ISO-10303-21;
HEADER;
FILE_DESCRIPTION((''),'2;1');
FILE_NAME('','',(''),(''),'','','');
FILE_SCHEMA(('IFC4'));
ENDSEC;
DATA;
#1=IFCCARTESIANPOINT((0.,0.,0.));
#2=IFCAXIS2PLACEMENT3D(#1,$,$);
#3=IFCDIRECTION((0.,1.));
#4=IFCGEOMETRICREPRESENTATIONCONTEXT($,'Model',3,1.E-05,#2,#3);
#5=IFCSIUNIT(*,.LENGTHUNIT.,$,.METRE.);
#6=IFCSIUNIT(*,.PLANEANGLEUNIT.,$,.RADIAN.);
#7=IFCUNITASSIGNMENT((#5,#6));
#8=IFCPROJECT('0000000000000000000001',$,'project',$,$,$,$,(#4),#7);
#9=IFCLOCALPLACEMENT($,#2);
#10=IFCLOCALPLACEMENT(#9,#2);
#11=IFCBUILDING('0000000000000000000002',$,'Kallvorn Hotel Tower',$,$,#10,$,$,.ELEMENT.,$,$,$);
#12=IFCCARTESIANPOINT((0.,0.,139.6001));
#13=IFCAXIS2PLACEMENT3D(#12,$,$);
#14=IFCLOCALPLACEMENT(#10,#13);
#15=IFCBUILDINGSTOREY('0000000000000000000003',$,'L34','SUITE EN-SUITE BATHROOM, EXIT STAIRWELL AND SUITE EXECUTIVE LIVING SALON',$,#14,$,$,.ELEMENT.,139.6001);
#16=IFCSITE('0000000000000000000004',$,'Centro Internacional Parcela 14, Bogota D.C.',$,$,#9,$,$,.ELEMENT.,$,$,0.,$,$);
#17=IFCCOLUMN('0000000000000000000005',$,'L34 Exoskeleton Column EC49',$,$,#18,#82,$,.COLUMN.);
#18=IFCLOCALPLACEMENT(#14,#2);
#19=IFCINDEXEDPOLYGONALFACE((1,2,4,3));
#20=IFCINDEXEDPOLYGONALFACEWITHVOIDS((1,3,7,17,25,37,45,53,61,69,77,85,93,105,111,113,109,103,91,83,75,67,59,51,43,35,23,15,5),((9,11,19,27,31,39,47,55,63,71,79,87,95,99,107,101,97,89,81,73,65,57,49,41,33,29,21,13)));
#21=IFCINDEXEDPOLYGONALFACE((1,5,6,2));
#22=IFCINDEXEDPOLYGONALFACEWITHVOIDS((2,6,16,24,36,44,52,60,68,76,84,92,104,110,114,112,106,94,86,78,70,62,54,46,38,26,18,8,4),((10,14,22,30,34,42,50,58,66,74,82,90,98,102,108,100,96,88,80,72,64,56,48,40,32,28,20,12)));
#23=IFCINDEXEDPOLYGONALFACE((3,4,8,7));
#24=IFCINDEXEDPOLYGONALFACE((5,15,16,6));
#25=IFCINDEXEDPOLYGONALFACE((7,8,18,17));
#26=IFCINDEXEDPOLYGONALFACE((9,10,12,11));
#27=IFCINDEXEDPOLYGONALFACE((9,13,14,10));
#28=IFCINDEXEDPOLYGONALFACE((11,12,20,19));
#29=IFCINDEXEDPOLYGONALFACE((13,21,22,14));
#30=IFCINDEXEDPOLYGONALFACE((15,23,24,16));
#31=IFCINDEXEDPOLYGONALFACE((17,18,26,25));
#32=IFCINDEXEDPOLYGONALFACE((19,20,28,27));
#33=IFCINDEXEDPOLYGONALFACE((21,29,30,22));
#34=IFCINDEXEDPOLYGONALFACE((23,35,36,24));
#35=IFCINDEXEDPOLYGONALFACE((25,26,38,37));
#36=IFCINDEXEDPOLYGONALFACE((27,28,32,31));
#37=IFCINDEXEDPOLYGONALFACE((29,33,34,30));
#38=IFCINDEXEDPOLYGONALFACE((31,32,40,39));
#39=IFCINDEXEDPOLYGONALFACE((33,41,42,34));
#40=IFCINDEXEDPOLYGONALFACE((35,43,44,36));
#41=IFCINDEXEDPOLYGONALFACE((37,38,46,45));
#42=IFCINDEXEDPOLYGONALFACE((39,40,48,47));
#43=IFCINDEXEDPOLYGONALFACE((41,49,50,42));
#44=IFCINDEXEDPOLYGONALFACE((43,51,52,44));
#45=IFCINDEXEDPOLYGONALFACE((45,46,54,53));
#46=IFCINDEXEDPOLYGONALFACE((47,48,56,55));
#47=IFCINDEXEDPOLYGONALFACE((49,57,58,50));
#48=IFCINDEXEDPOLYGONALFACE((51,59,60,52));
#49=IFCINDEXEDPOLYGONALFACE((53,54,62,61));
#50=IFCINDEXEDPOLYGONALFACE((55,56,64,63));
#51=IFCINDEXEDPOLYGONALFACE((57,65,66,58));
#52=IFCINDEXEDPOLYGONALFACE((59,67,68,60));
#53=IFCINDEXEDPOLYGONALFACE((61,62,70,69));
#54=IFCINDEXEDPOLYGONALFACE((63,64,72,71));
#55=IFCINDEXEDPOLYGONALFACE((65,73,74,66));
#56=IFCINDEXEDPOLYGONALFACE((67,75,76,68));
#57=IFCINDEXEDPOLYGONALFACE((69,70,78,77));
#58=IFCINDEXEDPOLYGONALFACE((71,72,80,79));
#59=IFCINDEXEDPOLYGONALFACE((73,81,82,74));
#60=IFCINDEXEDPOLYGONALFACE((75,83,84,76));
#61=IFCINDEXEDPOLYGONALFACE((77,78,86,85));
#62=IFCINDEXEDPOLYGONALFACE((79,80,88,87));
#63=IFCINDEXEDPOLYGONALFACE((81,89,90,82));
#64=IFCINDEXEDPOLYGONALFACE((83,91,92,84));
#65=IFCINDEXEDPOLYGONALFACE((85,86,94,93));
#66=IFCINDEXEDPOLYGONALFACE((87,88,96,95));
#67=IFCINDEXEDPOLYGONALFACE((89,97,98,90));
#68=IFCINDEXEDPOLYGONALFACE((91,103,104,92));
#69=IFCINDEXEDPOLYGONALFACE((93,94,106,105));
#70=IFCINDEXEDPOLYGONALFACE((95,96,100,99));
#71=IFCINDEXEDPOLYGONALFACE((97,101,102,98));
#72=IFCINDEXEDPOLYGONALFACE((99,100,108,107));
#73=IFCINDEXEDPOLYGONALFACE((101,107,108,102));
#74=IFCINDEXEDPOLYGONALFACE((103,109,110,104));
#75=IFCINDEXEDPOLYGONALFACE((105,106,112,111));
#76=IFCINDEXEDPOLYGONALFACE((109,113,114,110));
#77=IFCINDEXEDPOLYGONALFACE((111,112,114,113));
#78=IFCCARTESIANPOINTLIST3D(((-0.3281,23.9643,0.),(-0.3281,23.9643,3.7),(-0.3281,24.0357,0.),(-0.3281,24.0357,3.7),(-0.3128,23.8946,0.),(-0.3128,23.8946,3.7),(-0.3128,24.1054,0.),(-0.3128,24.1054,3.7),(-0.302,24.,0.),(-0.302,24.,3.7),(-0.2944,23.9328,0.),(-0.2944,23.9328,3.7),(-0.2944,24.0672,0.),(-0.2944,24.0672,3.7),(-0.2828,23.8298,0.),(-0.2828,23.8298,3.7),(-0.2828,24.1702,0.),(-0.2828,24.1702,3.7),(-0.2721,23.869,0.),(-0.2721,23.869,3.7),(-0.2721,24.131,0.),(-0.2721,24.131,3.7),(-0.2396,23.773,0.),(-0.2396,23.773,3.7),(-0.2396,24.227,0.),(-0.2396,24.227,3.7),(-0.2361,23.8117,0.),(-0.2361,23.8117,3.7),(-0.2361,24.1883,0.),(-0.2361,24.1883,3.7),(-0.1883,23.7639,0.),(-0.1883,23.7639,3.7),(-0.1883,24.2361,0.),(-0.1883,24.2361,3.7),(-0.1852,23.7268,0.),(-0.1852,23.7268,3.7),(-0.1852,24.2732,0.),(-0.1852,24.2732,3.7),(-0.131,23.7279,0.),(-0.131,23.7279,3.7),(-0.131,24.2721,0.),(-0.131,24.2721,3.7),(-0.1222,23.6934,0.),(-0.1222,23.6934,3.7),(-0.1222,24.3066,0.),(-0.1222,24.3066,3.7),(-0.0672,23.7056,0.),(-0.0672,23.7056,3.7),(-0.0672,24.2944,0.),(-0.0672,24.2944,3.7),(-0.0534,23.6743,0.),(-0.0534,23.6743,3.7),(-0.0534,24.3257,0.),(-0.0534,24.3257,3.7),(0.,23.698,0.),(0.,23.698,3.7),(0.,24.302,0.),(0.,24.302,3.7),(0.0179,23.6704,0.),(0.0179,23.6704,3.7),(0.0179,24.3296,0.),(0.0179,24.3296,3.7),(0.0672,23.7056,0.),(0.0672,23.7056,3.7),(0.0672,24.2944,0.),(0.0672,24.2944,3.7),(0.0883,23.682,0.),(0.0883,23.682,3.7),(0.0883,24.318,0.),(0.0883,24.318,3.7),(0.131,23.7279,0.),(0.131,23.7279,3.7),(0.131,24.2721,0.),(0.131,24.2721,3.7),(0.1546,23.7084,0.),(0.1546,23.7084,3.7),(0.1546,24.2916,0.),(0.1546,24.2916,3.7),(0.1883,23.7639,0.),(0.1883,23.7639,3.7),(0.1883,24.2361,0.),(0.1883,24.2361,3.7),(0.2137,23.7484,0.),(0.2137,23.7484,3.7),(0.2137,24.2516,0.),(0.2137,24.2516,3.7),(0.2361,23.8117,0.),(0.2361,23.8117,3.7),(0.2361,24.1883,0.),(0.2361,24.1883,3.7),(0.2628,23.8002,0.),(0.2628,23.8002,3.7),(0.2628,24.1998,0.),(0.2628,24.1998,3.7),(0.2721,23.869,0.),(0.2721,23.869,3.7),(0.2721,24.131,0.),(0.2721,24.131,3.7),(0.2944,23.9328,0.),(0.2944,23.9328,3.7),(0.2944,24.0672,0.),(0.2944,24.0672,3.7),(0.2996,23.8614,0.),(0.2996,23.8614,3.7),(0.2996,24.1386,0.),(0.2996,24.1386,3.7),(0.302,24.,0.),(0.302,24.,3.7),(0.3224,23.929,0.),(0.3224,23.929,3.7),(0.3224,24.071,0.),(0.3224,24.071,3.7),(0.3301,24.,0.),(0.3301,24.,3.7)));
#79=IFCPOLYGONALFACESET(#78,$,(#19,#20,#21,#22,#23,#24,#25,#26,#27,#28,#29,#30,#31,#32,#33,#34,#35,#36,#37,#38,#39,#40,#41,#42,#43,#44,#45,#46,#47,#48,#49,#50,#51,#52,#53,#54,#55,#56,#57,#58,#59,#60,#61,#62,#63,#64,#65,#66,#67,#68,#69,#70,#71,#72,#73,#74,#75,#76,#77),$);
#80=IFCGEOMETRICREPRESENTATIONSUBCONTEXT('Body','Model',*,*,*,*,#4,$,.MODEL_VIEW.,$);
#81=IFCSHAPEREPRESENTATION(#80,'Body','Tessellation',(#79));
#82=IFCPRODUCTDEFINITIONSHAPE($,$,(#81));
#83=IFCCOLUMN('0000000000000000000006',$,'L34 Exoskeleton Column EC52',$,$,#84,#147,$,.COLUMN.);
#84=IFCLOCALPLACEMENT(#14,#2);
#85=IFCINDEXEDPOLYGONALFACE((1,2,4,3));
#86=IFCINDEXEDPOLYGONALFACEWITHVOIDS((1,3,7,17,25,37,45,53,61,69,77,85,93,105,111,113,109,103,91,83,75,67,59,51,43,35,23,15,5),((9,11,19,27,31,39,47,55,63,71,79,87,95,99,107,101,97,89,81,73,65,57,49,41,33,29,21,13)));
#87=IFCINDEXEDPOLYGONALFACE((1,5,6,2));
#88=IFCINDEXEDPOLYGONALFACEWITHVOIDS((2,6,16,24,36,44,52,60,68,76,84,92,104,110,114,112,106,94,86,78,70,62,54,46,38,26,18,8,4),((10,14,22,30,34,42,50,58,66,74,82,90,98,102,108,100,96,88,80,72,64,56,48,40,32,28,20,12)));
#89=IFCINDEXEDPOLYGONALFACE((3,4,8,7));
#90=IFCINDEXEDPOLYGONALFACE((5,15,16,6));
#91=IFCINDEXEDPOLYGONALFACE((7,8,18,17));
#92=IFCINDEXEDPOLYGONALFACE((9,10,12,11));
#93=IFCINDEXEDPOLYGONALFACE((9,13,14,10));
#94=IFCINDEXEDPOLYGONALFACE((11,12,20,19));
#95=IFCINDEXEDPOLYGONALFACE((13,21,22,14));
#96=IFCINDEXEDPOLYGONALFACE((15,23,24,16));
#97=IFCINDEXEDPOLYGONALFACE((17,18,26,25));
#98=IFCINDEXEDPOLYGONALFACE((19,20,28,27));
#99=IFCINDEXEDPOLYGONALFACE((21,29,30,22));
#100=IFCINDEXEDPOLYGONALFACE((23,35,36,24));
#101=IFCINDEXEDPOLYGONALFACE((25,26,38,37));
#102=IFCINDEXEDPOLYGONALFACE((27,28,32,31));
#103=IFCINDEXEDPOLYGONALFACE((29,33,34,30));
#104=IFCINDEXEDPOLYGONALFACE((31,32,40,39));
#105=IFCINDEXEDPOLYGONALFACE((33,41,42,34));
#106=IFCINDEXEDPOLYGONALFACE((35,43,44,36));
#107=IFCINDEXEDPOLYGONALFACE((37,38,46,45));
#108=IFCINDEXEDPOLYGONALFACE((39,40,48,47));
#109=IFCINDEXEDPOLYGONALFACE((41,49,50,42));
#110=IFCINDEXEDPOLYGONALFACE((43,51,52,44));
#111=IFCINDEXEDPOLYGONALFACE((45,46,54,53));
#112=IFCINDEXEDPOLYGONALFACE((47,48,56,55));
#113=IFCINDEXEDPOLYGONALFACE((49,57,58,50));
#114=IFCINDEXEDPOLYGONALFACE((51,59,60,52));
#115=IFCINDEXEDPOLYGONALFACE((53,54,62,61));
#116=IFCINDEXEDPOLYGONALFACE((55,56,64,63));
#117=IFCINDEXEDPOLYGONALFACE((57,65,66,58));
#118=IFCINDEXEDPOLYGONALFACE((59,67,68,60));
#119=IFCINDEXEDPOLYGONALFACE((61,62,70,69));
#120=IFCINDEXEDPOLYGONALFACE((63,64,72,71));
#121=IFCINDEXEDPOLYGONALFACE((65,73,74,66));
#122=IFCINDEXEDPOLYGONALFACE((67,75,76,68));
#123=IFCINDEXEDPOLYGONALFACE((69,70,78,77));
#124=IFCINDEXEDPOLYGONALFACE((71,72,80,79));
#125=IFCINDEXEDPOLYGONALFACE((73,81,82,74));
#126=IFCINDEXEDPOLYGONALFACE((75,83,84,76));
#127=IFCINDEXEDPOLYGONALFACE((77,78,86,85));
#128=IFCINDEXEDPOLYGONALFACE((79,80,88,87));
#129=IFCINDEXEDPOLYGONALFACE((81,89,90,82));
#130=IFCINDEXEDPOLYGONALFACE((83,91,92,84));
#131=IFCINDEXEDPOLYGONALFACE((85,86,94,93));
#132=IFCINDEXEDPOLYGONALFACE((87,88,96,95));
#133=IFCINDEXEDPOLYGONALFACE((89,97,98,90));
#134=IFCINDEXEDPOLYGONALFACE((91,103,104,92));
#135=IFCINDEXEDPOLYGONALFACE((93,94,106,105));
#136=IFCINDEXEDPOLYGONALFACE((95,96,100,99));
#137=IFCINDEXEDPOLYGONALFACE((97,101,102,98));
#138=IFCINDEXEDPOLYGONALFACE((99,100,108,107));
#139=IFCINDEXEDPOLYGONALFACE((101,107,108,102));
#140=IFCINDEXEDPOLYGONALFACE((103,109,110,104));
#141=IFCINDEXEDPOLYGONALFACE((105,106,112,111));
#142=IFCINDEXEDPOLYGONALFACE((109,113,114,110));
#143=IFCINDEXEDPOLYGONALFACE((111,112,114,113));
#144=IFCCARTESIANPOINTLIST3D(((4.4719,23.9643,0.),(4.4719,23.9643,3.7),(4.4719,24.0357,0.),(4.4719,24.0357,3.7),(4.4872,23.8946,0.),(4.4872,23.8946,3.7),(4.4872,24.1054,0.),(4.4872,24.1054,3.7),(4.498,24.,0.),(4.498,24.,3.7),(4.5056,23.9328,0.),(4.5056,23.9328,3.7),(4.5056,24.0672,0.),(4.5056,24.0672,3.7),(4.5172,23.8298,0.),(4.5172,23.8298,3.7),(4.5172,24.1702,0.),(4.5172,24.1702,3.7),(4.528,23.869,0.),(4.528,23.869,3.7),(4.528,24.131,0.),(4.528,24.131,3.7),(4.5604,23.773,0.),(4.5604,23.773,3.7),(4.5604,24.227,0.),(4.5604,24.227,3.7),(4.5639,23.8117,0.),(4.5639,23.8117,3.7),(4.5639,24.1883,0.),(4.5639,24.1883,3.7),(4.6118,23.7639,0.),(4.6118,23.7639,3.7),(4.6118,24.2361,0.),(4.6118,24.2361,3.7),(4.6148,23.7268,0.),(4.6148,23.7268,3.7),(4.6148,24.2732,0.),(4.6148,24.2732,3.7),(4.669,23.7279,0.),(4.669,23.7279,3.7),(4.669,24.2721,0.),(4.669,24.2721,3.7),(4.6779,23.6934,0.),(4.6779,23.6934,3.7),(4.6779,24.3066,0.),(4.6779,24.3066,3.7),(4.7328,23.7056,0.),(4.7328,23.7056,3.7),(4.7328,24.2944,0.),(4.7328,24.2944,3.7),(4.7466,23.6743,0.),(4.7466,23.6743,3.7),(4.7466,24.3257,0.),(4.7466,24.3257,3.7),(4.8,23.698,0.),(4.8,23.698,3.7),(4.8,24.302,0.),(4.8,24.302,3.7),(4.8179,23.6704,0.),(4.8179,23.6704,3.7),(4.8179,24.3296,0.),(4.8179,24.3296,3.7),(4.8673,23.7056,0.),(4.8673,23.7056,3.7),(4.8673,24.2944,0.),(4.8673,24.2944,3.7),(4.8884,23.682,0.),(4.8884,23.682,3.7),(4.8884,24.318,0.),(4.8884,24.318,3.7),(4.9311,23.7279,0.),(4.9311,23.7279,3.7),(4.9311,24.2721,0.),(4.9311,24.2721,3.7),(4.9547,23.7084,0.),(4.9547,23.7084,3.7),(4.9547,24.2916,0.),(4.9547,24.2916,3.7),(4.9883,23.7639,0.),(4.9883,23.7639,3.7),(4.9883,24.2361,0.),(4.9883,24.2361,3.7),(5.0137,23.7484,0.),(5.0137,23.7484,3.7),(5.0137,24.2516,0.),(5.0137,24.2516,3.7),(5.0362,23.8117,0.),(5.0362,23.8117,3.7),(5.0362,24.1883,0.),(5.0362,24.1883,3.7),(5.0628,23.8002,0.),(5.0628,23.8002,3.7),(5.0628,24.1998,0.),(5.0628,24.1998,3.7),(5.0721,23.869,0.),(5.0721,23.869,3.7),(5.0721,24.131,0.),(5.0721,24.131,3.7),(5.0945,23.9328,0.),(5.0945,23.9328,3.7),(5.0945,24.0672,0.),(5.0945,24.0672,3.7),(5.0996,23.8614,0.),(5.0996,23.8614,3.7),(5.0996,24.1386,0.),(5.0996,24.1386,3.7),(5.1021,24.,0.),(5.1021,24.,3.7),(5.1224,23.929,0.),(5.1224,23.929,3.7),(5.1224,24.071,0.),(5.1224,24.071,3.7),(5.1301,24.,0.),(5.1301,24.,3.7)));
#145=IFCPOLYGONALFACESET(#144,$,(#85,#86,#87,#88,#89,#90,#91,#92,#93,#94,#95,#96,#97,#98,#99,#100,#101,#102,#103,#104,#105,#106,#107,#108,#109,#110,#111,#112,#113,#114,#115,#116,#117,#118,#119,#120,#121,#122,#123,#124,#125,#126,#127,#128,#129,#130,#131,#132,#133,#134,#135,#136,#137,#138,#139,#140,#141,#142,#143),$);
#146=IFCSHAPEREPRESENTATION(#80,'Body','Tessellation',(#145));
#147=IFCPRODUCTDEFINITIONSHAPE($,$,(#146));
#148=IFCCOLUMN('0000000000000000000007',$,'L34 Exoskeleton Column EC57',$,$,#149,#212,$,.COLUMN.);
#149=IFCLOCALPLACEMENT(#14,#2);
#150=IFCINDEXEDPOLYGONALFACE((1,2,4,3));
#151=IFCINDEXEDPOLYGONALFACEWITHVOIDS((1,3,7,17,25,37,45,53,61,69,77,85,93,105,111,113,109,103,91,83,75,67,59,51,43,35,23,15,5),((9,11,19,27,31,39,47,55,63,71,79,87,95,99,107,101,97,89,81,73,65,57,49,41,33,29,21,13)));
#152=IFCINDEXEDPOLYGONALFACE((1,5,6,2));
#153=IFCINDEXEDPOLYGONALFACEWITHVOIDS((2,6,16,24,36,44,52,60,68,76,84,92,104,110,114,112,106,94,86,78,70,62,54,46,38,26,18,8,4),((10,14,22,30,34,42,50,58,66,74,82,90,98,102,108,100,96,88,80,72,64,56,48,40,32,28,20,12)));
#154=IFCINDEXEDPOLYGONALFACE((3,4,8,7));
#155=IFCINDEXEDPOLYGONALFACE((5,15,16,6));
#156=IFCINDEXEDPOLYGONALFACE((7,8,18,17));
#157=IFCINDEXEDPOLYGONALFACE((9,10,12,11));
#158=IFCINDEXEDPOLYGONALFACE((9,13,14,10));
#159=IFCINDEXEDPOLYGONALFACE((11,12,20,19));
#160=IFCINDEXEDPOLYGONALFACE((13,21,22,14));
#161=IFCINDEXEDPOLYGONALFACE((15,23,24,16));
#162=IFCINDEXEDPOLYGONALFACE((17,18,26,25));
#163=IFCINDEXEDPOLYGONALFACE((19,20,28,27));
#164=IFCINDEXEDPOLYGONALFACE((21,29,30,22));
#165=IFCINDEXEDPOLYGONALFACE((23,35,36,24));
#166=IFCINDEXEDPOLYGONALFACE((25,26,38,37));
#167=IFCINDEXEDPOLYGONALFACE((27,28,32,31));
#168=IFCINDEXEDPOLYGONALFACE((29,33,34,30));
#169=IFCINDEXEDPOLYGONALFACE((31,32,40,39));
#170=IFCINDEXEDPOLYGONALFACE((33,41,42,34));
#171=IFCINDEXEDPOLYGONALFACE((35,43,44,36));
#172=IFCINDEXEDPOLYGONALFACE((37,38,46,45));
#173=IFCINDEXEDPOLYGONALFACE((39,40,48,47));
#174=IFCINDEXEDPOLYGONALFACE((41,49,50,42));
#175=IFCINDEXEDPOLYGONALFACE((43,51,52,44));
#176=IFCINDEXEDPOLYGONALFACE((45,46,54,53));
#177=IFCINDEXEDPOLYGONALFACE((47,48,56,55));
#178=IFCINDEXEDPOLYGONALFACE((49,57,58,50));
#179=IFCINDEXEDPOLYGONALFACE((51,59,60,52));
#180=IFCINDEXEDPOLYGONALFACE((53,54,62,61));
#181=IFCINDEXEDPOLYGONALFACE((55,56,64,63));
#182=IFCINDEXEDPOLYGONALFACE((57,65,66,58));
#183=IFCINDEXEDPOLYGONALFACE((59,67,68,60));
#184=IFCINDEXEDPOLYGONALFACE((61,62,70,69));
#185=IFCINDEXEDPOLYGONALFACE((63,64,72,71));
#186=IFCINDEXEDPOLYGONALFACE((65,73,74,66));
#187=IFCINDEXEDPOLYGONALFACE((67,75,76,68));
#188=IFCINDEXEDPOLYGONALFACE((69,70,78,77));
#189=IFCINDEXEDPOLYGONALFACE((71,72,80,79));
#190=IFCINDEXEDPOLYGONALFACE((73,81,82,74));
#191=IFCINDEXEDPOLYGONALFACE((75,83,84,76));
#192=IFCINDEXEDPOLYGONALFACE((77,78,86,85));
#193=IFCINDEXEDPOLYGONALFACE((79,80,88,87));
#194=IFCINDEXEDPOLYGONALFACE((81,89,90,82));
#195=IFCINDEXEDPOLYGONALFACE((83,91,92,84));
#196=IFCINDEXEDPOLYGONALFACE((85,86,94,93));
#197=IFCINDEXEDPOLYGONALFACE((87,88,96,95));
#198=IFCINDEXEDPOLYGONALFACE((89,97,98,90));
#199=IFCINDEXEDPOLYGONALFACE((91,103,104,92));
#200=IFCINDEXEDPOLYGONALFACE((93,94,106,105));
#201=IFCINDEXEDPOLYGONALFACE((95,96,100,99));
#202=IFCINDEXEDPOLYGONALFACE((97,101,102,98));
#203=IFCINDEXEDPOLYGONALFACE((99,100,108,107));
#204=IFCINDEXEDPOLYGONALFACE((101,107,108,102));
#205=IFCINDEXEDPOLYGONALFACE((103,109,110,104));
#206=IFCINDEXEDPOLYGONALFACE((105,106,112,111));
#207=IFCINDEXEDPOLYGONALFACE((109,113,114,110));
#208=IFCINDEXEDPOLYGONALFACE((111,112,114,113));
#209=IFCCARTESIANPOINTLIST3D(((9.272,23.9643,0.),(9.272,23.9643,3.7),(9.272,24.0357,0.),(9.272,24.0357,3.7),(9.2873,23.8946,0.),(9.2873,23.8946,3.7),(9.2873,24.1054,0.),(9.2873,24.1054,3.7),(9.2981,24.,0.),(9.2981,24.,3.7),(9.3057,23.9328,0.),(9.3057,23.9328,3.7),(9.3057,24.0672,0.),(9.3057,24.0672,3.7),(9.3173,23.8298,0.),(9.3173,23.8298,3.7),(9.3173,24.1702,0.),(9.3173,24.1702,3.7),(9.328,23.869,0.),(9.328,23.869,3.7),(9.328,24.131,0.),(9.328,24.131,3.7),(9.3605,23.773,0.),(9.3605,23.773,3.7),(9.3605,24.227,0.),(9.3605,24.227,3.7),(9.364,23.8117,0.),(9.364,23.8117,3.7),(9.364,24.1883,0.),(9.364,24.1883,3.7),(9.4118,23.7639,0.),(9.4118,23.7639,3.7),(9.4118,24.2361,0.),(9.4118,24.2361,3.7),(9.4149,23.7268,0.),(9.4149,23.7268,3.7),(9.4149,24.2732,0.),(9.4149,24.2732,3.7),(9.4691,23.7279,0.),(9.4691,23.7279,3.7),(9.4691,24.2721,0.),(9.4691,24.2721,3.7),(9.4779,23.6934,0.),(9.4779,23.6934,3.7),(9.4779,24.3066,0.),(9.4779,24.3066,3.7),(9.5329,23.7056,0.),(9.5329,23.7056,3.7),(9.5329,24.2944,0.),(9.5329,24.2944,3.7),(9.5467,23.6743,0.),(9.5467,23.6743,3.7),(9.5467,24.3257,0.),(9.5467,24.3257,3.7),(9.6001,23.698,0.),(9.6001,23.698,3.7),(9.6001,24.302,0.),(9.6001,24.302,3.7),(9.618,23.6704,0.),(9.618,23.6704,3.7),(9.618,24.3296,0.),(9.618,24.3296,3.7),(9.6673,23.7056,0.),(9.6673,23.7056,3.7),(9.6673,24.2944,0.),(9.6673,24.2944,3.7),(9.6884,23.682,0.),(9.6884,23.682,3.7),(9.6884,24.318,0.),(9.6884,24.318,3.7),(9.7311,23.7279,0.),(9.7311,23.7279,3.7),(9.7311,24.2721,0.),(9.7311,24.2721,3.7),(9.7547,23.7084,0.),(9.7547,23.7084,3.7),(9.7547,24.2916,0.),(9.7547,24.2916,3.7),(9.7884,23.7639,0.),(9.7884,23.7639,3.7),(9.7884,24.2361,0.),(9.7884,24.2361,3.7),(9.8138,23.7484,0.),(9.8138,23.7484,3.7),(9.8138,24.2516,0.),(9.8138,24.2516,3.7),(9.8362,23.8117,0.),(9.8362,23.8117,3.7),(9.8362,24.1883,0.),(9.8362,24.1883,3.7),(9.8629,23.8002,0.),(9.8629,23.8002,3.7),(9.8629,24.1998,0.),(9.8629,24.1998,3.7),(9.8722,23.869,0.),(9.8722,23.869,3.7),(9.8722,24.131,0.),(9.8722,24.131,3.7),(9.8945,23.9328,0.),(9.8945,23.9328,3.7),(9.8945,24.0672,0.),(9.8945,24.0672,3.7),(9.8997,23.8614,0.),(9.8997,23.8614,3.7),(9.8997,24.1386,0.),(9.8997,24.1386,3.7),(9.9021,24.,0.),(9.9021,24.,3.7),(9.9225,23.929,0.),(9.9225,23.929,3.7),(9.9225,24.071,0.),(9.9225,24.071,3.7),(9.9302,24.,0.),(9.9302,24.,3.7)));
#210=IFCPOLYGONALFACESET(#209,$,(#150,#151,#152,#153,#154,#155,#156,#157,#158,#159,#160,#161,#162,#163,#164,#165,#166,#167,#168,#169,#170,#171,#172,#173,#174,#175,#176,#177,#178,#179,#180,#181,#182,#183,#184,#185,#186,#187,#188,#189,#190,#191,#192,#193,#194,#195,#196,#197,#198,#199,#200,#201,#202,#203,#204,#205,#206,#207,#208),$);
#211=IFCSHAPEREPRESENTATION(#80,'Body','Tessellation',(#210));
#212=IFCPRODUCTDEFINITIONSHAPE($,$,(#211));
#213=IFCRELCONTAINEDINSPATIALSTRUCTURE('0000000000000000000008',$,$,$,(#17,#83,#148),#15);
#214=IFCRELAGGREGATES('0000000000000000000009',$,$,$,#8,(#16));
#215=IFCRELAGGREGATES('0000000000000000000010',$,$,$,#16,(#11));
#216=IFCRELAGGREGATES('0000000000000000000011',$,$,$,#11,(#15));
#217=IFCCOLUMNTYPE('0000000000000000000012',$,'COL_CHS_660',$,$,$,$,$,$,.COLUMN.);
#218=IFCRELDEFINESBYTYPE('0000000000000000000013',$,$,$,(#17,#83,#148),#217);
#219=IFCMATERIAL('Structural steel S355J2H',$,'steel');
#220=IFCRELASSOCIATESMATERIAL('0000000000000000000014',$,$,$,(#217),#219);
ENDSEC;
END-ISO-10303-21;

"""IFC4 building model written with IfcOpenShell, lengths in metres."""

from ifc_helpers import new_model, si_unit, direction, frame, origin, origin_2d, place, context, subcontext, project, spatial, hollow_circle, extrude, material, material_profile, profile_set, type_object, element, save


model = new_model("IFC4")

# Units and contexts
model_context = context("Model", 3, precision=1e-05, world=origin(), true_north=direction((0.0, 1.0)))
body_context = subcontext(model_context, "Body", "Model", "MODEL_VIEW")
ifc_project = project(units=[si_unit("LENGTHUNIT", "METRE"), si_unit("PLANEANGLEUNIT", "RADIAN")], contexts=[model_context])

# Site, building, storey
site_placement = place(None, origin())
site = spatial("IfcSite", under=ifc_project, at=site_placement, Name="Centro Internacional Parcela 14, Bogota D.C.", CompositionType="ELEMENT", RefElevation=0.0)
building_placement = place(site_placement, origin())
building = spatial("IfcBuilding", under=site, at=building_placement, Name="Kallvorn Hotel Tower", CompositionType="ELEMENT")
storey_placement = place(building_placement, frame((0.0, 0.0, 139.6001)))
storey = spatial("IfcBuildingStorey", under=building, at=storey_placement, Name="L34", Description="SUITE EN-SUITE BATHROOM, EXIT STAIRWELL AND SUITE EXECUTIVE LIVING SALON", CompositionType="ELEMENT", Elevation=139.6001)

# Columns
ifc_material_1 = material(Name="Structural steel S355J2H", Category="steel")
ifc_material_profile_1 = material_profile(ifc_material_1, hollow_circle(Radius=0.3301, WallThickness=0.0281, at=origin_2d()), Name="CHS 660x28")
ifc_profile_set_1 = profile_set([ifc_material_profile_1], Name="Structural steel S355J2H")
column_type = type_object("IfcColumnType", Name="COL_CHS_660", PredefinedType="COLUMN", material=ifc_profile_set_1)
for number, where, z_axis, x_axis, name in (
    (1, (0.0, 24.0, 0.0), (0.0, 0.0, 1.0), (1.0, 0.0, 0.0), "L34 Exoskeleton Column EC49"),
    (2, (4.8, 24.0, 0.0), (0.0, 0.0, 1.0), (1.0, 0.0, 0.0), "L34 Exoskeleton Column EC52"),
    (3, (9.6001, 24.0, 0.0), (0.0, 0.0, 1.0), (1.0, 0.0, 0.0), "L34 Exoskeleton Column EC57"),
):
    element("IfcColumn", number, at=place(storey_placement, frame(where, z_axis=z_axis, x_axis=x_axis)), inside=storey, type_object=column_type, Name=name, PredefinedType="COLUMN", context=body_context, shape_type="SweptSolid", body=[
        extrude(hollow_circle(Radius=0.3301, WallThickness=0.0281, at=origin_2d()), origin(), (0.0, 0.0, 1.0), 3.7),
    ])

save(model, "model.ifc")
